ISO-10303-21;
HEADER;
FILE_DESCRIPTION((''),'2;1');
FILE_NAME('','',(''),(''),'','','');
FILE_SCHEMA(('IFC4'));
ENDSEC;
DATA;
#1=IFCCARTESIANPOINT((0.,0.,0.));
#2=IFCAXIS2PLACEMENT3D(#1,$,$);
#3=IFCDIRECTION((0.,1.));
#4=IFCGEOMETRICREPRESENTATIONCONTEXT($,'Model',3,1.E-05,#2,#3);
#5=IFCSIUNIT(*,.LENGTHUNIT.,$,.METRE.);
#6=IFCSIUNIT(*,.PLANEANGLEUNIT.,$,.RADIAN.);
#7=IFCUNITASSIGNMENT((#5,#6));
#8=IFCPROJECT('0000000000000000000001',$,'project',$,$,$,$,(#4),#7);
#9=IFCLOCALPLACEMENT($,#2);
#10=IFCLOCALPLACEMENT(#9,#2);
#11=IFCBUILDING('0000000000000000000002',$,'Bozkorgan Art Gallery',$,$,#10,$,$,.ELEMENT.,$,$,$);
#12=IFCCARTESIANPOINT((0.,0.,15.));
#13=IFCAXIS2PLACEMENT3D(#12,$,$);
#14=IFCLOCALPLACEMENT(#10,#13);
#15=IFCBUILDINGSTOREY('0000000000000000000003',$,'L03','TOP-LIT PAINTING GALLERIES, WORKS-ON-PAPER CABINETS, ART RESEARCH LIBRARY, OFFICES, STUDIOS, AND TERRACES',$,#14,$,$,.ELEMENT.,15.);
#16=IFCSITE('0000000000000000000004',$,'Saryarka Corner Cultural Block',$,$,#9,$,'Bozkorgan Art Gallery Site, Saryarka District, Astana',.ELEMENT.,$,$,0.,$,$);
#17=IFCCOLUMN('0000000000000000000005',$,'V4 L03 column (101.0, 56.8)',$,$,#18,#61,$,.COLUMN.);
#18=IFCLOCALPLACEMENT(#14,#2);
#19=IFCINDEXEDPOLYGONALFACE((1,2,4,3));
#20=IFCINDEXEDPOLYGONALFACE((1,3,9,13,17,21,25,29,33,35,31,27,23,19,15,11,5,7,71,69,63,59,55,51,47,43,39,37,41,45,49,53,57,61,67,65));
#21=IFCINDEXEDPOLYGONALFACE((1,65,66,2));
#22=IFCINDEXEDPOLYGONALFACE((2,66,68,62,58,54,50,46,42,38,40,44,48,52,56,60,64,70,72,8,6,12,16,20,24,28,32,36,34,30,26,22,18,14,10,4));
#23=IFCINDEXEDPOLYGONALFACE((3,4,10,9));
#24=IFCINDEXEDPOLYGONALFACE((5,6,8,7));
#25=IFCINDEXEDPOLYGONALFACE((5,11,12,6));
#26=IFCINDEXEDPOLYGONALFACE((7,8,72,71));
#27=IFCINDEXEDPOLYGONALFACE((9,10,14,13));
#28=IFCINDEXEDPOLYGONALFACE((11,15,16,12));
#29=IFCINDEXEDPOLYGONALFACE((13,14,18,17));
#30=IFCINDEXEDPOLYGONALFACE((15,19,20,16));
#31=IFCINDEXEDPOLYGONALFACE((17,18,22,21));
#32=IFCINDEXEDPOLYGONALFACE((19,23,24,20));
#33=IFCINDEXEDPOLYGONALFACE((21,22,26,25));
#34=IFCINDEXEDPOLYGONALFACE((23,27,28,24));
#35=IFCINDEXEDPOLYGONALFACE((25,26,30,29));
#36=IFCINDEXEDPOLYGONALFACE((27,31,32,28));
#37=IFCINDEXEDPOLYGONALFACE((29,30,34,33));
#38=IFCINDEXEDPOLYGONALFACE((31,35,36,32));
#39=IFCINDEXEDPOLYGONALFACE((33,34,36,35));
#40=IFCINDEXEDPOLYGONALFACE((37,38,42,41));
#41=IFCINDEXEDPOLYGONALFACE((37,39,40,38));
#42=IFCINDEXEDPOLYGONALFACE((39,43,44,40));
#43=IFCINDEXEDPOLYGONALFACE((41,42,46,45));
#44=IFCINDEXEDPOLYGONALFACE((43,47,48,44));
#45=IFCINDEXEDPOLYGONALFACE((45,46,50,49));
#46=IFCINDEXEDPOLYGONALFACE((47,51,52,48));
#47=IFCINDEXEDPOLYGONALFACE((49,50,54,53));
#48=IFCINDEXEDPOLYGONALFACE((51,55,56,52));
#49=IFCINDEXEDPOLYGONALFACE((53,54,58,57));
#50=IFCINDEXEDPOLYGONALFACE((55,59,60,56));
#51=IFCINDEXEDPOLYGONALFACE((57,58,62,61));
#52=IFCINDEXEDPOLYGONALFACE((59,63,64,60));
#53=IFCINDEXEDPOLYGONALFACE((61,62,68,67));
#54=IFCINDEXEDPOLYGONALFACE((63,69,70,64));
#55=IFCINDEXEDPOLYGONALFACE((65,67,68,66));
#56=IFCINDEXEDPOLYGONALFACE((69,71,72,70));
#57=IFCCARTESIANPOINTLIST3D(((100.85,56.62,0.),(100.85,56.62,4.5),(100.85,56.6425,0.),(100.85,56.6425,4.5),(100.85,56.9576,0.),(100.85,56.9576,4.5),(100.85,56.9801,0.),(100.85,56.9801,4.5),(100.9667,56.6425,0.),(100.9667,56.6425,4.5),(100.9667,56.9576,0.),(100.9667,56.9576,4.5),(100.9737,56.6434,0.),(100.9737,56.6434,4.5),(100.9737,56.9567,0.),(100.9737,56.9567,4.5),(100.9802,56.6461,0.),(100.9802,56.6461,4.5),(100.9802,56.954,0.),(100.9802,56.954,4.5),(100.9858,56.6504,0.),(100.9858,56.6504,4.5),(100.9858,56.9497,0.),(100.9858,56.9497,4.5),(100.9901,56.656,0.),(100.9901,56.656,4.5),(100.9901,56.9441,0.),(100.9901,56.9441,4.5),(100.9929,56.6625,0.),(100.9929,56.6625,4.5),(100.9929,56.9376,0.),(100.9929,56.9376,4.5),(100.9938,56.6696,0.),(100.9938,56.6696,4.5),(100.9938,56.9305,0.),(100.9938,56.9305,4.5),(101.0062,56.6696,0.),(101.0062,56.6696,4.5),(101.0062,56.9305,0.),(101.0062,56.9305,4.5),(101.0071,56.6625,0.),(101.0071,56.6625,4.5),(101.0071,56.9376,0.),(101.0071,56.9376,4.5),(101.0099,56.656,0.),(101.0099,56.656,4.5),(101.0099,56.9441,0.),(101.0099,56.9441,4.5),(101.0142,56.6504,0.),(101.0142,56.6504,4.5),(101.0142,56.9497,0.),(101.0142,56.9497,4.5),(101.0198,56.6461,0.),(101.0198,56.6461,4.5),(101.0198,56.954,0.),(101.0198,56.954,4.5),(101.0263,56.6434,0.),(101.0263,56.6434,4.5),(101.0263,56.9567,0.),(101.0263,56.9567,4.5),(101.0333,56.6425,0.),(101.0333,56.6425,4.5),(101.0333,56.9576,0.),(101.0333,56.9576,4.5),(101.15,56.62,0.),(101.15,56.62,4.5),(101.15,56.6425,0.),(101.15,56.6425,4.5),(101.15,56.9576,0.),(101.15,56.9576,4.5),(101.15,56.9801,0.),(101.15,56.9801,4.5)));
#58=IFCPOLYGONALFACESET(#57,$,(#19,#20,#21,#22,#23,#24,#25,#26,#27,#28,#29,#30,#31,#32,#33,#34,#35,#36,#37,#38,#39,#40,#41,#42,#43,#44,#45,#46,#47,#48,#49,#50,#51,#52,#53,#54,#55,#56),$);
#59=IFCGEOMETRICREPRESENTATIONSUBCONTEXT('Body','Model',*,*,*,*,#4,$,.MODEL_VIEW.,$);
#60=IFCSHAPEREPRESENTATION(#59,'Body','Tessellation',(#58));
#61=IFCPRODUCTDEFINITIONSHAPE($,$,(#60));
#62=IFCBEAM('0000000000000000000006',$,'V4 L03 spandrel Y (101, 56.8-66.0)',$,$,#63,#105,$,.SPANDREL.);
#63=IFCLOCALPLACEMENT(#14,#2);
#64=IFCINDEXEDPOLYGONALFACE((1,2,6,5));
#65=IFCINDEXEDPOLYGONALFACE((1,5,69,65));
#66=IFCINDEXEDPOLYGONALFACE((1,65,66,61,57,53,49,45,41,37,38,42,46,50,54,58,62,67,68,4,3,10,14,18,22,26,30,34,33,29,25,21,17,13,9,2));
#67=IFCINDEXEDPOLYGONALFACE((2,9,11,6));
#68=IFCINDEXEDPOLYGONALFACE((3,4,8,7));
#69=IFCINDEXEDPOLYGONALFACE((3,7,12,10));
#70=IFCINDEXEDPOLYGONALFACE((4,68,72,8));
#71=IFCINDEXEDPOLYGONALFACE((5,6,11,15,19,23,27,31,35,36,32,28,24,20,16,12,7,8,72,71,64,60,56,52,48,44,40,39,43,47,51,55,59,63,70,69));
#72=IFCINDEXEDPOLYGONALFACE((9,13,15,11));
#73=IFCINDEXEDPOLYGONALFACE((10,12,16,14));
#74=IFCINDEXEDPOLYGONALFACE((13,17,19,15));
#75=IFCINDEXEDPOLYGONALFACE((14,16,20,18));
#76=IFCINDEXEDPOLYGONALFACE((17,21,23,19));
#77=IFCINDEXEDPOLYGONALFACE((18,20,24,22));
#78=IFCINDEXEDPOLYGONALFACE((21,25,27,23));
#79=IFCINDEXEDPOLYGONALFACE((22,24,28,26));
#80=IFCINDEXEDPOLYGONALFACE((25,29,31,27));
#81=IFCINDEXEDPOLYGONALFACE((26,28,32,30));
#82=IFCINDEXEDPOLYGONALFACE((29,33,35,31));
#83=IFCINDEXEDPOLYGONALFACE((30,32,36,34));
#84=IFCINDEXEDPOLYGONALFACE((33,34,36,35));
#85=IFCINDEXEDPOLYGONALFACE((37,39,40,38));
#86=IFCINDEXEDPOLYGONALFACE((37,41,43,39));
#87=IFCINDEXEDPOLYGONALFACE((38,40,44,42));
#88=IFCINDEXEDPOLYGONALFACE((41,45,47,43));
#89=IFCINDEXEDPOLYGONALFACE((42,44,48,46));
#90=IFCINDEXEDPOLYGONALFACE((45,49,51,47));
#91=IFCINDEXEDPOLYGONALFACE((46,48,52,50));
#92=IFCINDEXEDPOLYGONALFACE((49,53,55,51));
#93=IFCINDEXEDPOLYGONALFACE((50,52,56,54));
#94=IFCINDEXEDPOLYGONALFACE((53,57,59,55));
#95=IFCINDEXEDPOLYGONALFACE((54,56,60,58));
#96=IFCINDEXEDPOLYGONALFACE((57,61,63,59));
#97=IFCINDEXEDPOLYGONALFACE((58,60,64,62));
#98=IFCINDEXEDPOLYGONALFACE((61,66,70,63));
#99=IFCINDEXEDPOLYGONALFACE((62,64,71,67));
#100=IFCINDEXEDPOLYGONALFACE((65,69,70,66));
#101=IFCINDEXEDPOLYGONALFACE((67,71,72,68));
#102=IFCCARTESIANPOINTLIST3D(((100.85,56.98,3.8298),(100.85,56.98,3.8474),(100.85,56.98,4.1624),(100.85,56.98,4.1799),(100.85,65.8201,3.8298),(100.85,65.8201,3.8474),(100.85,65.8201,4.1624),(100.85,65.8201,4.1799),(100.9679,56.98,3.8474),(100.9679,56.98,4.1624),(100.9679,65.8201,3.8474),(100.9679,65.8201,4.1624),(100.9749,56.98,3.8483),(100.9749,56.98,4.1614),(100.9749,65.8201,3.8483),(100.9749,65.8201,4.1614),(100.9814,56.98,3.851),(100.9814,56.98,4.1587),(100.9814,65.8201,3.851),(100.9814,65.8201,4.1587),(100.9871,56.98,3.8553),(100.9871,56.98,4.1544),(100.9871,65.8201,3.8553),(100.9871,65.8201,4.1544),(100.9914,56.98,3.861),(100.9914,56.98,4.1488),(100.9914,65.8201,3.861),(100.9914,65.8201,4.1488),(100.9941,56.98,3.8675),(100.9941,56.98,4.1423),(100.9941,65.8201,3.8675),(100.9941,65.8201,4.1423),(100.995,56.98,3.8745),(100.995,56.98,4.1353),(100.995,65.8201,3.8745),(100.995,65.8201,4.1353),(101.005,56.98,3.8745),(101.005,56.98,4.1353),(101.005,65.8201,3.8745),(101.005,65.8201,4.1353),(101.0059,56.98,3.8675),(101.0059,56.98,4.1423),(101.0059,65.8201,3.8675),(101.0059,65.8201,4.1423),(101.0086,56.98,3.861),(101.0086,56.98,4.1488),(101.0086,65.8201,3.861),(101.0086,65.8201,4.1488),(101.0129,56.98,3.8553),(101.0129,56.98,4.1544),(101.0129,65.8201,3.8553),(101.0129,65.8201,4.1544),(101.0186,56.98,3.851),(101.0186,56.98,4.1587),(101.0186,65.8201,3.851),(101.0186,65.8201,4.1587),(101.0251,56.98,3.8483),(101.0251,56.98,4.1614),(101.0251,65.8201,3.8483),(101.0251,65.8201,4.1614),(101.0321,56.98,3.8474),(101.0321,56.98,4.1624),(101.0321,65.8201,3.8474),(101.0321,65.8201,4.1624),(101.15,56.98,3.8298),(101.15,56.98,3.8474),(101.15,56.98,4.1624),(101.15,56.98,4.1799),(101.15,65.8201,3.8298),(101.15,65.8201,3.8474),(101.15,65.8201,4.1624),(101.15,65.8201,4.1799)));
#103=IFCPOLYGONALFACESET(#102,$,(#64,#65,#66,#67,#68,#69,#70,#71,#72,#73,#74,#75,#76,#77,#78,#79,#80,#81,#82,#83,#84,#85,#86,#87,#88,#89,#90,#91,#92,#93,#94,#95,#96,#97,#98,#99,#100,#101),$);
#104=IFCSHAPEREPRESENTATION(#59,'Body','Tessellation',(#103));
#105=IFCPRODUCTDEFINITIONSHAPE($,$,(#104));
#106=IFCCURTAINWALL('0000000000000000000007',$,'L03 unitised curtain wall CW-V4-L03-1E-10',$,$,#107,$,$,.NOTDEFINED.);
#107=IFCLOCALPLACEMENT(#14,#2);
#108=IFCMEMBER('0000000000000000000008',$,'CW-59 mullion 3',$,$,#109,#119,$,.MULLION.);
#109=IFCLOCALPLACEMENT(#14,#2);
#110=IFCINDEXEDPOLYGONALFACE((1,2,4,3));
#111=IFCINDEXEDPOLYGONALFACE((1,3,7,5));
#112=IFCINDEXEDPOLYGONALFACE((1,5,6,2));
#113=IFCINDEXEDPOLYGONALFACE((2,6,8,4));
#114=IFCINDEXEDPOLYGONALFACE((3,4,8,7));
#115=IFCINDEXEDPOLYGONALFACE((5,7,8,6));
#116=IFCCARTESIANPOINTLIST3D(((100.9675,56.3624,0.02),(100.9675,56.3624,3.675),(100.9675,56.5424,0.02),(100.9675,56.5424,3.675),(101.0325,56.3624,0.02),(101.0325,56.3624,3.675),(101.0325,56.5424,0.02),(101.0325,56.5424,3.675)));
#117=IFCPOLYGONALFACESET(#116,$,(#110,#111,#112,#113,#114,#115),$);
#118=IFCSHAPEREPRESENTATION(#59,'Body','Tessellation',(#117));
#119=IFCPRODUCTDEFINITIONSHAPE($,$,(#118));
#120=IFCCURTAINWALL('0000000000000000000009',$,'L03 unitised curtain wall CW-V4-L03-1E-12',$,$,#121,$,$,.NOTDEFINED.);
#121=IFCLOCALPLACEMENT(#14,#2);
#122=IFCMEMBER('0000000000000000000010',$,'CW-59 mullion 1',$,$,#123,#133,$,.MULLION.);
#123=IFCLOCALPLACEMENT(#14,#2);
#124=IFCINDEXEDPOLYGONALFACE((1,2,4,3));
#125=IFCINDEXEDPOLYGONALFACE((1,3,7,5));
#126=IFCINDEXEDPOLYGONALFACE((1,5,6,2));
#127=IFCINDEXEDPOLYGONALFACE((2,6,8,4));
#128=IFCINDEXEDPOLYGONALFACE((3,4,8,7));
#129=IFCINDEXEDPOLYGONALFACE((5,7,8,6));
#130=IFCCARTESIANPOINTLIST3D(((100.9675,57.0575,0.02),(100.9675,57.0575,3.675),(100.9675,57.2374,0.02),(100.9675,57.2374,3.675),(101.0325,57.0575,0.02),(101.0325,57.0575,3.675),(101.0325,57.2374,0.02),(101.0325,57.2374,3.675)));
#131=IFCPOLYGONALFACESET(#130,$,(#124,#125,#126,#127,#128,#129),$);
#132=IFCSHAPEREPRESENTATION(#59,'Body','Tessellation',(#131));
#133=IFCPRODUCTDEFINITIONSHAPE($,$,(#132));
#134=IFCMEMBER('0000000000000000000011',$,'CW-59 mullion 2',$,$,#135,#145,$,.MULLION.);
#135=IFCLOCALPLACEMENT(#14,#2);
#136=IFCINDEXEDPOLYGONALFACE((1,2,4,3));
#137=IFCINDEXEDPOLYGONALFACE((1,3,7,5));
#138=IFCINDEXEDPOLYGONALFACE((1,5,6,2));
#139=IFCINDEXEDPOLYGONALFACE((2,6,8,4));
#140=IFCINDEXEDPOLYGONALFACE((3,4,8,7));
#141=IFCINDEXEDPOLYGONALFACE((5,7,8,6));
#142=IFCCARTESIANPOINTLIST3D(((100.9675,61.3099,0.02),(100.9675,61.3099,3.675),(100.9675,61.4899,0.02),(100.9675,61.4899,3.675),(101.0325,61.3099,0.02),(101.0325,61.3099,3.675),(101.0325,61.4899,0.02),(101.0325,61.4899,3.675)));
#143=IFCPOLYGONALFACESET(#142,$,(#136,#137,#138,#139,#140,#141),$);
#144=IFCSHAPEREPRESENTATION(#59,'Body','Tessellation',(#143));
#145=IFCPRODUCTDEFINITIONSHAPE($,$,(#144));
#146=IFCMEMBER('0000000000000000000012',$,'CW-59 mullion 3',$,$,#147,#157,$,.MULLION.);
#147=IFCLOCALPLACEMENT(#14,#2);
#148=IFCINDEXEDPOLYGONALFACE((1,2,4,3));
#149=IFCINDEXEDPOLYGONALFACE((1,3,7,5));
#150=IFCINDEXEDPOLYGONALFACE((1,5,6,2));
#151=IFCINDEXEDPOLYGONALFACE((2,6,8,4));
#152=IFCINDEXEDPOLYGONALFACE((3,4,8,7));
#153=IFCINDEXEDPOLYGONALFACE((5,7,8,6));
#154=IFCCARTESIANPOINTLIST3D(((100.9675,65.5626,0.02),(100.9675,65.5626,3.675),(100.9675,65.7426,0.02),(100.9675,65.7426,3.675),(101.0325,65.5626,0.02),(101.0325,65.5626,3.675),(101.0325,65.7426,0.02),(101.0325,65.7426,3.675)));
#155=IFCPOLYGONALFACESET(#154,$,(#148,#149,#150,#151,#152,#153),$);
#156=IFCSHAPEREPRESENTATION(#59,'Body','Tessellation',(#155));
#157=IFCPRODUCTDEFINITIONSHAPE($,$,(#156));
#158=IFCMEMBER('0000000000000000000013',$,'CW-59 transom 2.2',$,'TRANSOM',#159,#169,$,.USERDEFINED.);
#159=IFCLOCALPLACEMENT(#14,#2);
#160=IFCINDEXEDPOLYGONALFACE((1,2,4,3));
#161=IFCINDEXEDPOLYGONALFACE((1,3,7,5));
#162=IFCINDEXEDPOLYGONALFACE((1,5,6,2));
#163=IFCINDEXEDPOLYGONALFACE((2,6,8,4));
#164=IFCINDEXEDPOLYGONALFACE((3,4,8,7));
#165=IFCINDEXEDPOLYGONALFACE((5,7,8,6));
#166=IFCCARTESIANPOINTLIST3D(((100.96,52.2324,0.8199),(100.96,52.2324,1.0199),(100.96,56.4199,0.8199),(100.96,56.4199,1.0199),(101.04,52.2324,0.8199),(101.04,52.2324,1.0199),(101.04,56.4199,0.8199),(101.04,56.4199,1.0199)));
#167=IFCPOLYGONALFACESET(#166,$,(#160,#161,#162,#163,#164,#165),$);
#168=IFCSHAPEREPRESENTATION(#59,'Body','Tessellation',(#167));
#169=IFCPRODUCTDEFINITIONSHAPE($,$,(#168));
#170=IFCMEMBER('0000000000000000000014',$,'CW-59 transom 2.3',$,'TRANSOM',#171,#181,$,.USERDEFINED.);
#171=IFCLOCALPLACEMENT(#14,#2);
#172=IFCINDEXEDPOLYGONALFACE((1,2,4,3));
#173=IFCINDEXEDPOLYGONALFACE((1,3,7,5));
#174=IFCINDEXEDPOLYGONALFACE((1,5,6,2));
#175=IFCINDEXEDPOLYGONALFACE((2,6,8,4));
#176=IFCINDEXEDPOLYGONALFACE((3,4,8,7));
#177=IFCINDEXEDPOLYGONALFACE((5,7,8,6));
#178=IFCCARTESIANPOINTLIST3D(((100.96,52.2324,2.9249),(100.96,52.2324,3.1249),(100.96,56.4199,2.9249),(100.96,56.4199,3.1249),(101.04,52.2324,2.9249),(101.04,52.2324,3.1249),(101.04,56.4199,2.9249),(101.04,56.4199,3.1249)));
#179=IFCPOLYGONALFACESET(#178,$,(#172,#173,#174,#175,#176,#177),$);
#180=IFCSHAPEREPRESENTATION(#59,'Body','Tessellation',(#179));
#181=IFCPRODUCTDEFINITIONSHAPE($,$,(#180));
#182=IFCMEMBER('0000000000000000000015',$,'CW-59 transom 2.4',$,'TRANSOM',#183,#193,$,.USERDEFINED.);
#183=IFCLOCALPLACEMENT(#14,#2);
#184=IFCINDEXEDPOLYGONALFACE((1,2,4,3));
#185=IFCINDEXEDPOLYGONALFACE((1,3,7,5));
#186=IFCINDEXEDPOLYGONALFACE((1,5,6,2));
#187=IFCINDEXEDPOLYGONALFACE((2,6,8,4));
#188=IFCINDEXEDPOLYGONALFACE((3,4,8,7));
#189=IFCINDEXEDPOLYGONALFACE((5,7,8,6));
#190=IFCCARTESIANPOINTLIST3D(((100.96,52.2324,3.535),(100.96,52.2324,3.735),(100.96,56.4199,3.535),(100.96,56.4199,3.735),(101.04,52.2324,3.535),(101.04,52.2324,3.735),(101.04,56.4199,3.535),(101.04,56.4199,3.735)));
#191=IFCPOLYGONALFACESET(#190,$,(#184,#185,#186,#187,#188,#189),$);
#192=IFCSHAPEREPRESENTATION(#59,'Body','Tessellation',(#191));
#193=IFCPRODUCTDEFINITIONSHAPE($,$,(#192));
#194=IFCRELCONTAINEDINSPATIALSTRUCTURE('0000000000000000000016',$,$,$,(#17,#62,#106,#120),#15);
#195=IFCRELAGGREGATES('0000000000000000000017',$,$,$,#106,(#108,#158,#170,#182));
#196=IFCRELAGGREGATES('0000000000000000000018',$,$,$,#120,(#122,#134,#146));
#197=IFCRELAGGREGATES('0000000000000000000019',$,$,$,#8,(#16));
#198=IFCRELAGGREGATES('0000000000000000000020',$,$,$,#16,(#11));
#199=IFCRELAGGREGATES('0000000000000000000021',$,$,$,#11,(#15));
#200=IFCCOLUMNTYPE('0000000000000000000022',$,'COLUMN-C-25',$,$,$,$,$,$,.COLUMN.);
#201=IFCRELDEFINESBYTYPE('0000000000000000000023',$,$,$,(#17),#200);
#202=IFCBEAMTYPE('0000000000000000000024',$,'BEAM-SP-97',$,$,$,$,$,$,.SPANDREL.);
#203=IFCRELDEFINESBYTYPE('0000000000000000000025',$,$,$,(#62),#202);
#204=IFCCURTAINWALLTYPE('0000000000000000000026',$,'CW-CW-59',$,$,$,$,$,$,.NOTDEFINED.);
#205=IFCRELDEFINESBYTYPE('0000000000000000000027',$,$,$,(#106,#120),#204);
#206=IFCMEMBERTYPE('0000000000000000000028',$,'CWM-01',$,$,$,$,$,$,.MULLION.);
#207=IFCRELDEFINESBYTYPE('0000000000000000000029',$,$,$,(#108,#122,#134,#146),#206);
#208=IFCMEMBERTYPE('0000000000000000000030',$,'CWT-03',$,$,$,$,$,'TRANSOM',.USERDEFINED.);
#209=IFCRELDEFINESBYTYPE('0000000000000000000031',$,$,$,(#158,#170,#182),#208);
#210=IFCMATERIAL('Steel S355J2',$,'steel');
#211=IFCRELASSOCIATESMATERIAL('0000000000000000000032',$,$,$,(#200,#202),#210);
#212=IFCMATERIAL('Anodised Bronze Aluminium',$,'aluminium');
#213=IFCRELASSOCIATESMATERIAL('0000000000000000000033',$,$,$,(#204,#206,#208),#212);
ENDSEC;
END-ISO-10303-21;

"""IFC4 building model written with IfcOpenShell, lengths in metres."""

from ifc_helpers import new_model, si_unit, direction, frame, origin, origin_2d, place, context, subcontext, project, spatial, rectangle, i_section, extrude, material, material_profile, profile_set, type_object, element, aggregate, save


model = new_model("IFC4")

# Units and contexts
model_context = context("Model", 3, precision=1e-05, world=origin(), true_north=direction((0.0, 1.0)))
body_context = subcontext(model_context, "Body", "Model", "MODEL_VIEW")
ifc_project = project(units=[si_unit("LENGTHUNIT", "METRE"), si_unit("PLANEANGLEUNIT", "RADIAN")], contexts=[model_context])

# Site, building, storey
site_placement = place(None, origin())
site = spatial("IfcSite", under=ifc_project, at=site_placement, Name="Saryarka Corner Cultural Block", LongName="Bozkorgan Art Gallery Site, Saryarka District, Astana", CompositionType="ELEMENT", RefElevation=0.0)
building_placement = place(site_placement, origin())
building = spatial("IfcBuilding", under=site, at=building_placement, Name="Bozkorgan Art Gallery", CompositionType="ELEMENT")
storey_placement = place(building_placement, frame((0.0, 0.0, 15.0)))
storey = spatial("IfcBuildingStorey", under=building, at=storey_placement, Name="L03", Description="TOP-LIT PAINTING GALLERIES, WORKS-ON-PAPER CABINETS, ART RESEARCH LIBRARY, OFFICES, STUDIOS, AND TERRACES", CompositionType="ELEMENT", Elevation=15.0)

# Column
ifc_material_1 = material(Name="Steel S355J2", Category="steel")
ifc_material_profile_1 = material_profile(ifc_material_1, i_section(OverallWidth=0.3, OverallDepth=0.3601, WebThickness=0.0125, FlangeThickness=0.0225, FilletRadius=0.0271, at=origin_2d()), Name="HEB 360")
ifc_profile_set_1 = profile_set([ifc_material_profile_1], Name="Steel S355J2")
column_type = type_object("IfcColumnType", Name="COLUMN-C-25", PredefinedType="COLUMN", material=ifc_profile_set_1)
column_placement = place(storey_placement, frame((101.0, 56.8, 0.0), z_axis=(0.0, 0.0, 1.0), x_axis=(1.0, 0.0, 0.0)))
element("IfcColumn", 1, at=column_placement, inside=storey, type_object=column_type, Name="V4 L03 column (101.0, 56.8)", PredefinedType="COLUMN", context=body_context, shape_type="SweptSolid", body=[
    extrude(i_section(OverallWidth=0.3, OverallDepth=0.3601, WebThickness=0.0125, FlangeThickness=0.0225, FilletRadius=0.0271, at=origin_2d()), origin(), (0.0, 0.0, 1.0), 4.5),
])

# Beam
ifc_material_profile_2 = material_profile(ifc_material_1, i_section(OverallWidth=0.3, OverallDepth=0.3501, WebThickness=0.01, FlangeThickness=0.0176, FilletRadius=0.0271, at=origin_2d()), Name="HEA 360")
ifc_profile_set_2 = profile_set([ifc_material_profile_2], Name="Steel S355J2")
beam_type = type_object("IfcBeamType", Name="BEAM-SP-97", PredefinedType="SPANDREL", material=ifc_profile_set_2)
beam_placement = place(storey_placement, frame((101.0, 56.98, 4.0049), z_axis=(0.0, 1.0, 0.0), x_axis=(-1.0, 0.0, 0.0)))
element("IfcBeam", 2, at=beam_placement, inside=storey, type_object=beam_type, Name="V4 L03 spandrel Y (101, 56.8-66.0)", PredefinedType="SPANDREL", context=body_context, shape_type="SweptSolid", body=[
    extrude(i_section(OverallWidth=0.3, OverallDepth=0.3501, WebThickness=0.01, FlangeThickness=0.0176, FilletRadius=0.0271, at=origin_2d()), origin(), (0.0, 0.0, 1.0), 8.8401),
])

# Curtain wall, member
ifc_material_2 = material(Name="Anodised Bronze Aluminium", Category="aluminium")
curtain_wall_type = type_object("IfcCurtainWallType", Name="CW-CW-59", PredefinedType="NOTDEFINED", material=ifc_material_2)
curtain_wall_1_placement = place(storey_placement, origin())
curtain_wall_1 = element("IfcCurtainWall", 3, at=curtain_wall_1_placement, inside=storey, type_object=curtain_wall_type, Name="L03 unitised curtain wall CW-V4-L03-1E-10", PredefinedType="NOTDEFINED")
ifc_material_profile_3 = material_profile(ifc_material_2, rectangle(XDim=0.0649, YDim=0.1799, at=origin_2d()), Name="ALU MULLION 65x180")
ifc_profile_set_3 = profile_set([ifc_material_profile_3], Name="Anodised Bronze Aluminium")
member_type_1 = type_object("IfcMemberType", Name="CWM-01", PredefinedType="MULLION", material=ifc_profile_set_3)
member_1_placement = place(storey_placement, frame((101.0, 56.4524, 0.02), z_axis=(0.0, 0.0, 1.0), x_axis=(-1.0, 0.0, 0.0)))
member_1 = element("IfcMember", 4, at=member_1_placement, type_object=member_type_1, Name="CW-59 mullion 3", PredefinedType="MULLION", context=body_context, shape_type="SweptSolid", body=[
    extrude(rectangle(XDim=0.0649, YDim=0.1799, at=origin_2d()), origin(), (0.0, 0.0, 1.0), 3.655),
])

# Curtain wall, members
curtain_wall_2_placement = place(storey_placement, origin())
curtain_wall_2 = element("IfcCurtainWall", 5, at=curtain_wall_2_placement, inside=storey, type_object=curtain_wall_type, Name="L03 unitised curtain wall CW-V4-L03-1E-12", PredefinedType="NOTDEFINED")
member_2_placement = place(storey_placement, frame((101.0, 57.1475, 0.02), z_axis=(0.0, 0.0, 1.0), x_axis=(-1.0, 0.0, 0.0)))
member_2 = element("IfcMember", 6, at=member_2_placement, type_object=member_type_1, Name="CW-59 mullion 1", PredefinedType="MULLION", context=body_context, shape_type="SweptSolid", body=[
    extrude(rectangle(XDim=0.0649, YDim=0.1799, at=origin_2d()), origin(), (0.0, 0.0, 1.0), 3.655),
])
member_3_placement = place(storey_placement, frame((101.0, 61.3999, 0.02), z_axis=(0.0, 0.0, 1.0), x_axis=(-1.0, 0.0, 0.0)))
member_3 = element("IfcMember", 7, at=member_3_placement, type_object=member_type_1, Name="CW-59 mullion 2", PredefinedType="MULLION", context=body_context, shape_type="SweptSolid", body=[
    extrude(rectangle(XDim=0.0649, YDim=0.1799, at=origin_2d()), origin(), (0.0, 0.0, 1.0), 3.655),
])
member_4_placement = place(storey_placement, frame((101.0, 65.6526, 0.02), z_axis=(0.0, 0.0, 1.0), x_axis=(-1.0, 0.0, 0.0)))
member_4 = element("IfcMember", 8, at=member_4_placement, type_object=member_type_1, Name="CW-59 mullion 3", PredefinedType="MULLION", context=body_context, shape_type="SweptSolid", body=[
    extrude(rectangle(XDim=0.0649, YDim=0.1799, at=origin_2d()), origin(), (0.0, 0.0, 1.0), 3.655),
])

# Members
ifc_material_profile_4 = material_profile(ifc_material_2, rectangle(XDim=0.0801, YDim=0.2, at=origin_2d()), Name="ALU TRANSOM 80x200")
ifc_profile_set_4 = profile_set([ifc_material_profile_4], Name="Anodised Bronze Aluminium")
member_type_2 = type_object("IfcMemberType", Name="CWT-03", ElementType="TRANSOM", PredefinedType="USERDEFINED", material=ifc_profile_set_4)
member_5_placement = place(storey_placement, frame((101.0, 52.2324, 0.9199), z_axis=(0.0, 1.0, 0.0), x_axis=(-1.0, 0.0, 0.0)))
member_5 = element("IfcMember", 9, at=member_5_placement, type_object=member_type_2, Name="CW-59 transom 2.2", ObjectType="TRANSOM", PredefinedType="USERDEFINED", context=body_context, shape_type="SweptSolid", body=[
    extrude(rectangle(XDim=0.0801, YDim=0.2, at=origin_2d()), origin(), (0.0, 0.0, 1.0), 4.1875),
])
member_6_placement = place(storey_placement, frame((101.0, 52.2324, 3.0249), z_axis=(0.0, 1.0, 0.0), x_axis=(-1.0, 0.0, 0.0)))
member_6 = element("IfcMember", 10, at=member_6_placement, type_object=member_type_2, Name="CW-59 transom 2.3", ObjectType="TRANSOM", PredefinedType="USERDEFINED", context=body_context, shape_type="SweptSolid", body=[
    extrude(rectangle(XDim=0.0801, YDim=0.2, at=origin_2d()), origin(), (0.0, 0.0, 1.0), 4.1875),
])
member_7_placement = place(storey_placement, frame((101.0, 52.2324, 3.635), z_axis=(0.0, 1.0, 0.0), x_axis=(-1.0, 0.0, 0.0)))
member_7 = element("IfcMember", 11, at=member_7_placement, type_object=member_type_2, Name="CW-59 transom 2.4", ObjectType="TRANSOM", PredefinedType="USERDEFINED", context=body_context, shape_type="SweptSolid", body=[
    extrude(rectangle(XDim=0.0801, YDim=0.2, at=origin_2d()), origin(), (0.0, 0.0, 1.0), 4.1875),
])

aggregate(curtain_wall_1, [member_1, member_5, member_6, member_7])
aggregate(curtain_wall_2, [member_2, member_3, member_4])

save(model, "model.ifc")
